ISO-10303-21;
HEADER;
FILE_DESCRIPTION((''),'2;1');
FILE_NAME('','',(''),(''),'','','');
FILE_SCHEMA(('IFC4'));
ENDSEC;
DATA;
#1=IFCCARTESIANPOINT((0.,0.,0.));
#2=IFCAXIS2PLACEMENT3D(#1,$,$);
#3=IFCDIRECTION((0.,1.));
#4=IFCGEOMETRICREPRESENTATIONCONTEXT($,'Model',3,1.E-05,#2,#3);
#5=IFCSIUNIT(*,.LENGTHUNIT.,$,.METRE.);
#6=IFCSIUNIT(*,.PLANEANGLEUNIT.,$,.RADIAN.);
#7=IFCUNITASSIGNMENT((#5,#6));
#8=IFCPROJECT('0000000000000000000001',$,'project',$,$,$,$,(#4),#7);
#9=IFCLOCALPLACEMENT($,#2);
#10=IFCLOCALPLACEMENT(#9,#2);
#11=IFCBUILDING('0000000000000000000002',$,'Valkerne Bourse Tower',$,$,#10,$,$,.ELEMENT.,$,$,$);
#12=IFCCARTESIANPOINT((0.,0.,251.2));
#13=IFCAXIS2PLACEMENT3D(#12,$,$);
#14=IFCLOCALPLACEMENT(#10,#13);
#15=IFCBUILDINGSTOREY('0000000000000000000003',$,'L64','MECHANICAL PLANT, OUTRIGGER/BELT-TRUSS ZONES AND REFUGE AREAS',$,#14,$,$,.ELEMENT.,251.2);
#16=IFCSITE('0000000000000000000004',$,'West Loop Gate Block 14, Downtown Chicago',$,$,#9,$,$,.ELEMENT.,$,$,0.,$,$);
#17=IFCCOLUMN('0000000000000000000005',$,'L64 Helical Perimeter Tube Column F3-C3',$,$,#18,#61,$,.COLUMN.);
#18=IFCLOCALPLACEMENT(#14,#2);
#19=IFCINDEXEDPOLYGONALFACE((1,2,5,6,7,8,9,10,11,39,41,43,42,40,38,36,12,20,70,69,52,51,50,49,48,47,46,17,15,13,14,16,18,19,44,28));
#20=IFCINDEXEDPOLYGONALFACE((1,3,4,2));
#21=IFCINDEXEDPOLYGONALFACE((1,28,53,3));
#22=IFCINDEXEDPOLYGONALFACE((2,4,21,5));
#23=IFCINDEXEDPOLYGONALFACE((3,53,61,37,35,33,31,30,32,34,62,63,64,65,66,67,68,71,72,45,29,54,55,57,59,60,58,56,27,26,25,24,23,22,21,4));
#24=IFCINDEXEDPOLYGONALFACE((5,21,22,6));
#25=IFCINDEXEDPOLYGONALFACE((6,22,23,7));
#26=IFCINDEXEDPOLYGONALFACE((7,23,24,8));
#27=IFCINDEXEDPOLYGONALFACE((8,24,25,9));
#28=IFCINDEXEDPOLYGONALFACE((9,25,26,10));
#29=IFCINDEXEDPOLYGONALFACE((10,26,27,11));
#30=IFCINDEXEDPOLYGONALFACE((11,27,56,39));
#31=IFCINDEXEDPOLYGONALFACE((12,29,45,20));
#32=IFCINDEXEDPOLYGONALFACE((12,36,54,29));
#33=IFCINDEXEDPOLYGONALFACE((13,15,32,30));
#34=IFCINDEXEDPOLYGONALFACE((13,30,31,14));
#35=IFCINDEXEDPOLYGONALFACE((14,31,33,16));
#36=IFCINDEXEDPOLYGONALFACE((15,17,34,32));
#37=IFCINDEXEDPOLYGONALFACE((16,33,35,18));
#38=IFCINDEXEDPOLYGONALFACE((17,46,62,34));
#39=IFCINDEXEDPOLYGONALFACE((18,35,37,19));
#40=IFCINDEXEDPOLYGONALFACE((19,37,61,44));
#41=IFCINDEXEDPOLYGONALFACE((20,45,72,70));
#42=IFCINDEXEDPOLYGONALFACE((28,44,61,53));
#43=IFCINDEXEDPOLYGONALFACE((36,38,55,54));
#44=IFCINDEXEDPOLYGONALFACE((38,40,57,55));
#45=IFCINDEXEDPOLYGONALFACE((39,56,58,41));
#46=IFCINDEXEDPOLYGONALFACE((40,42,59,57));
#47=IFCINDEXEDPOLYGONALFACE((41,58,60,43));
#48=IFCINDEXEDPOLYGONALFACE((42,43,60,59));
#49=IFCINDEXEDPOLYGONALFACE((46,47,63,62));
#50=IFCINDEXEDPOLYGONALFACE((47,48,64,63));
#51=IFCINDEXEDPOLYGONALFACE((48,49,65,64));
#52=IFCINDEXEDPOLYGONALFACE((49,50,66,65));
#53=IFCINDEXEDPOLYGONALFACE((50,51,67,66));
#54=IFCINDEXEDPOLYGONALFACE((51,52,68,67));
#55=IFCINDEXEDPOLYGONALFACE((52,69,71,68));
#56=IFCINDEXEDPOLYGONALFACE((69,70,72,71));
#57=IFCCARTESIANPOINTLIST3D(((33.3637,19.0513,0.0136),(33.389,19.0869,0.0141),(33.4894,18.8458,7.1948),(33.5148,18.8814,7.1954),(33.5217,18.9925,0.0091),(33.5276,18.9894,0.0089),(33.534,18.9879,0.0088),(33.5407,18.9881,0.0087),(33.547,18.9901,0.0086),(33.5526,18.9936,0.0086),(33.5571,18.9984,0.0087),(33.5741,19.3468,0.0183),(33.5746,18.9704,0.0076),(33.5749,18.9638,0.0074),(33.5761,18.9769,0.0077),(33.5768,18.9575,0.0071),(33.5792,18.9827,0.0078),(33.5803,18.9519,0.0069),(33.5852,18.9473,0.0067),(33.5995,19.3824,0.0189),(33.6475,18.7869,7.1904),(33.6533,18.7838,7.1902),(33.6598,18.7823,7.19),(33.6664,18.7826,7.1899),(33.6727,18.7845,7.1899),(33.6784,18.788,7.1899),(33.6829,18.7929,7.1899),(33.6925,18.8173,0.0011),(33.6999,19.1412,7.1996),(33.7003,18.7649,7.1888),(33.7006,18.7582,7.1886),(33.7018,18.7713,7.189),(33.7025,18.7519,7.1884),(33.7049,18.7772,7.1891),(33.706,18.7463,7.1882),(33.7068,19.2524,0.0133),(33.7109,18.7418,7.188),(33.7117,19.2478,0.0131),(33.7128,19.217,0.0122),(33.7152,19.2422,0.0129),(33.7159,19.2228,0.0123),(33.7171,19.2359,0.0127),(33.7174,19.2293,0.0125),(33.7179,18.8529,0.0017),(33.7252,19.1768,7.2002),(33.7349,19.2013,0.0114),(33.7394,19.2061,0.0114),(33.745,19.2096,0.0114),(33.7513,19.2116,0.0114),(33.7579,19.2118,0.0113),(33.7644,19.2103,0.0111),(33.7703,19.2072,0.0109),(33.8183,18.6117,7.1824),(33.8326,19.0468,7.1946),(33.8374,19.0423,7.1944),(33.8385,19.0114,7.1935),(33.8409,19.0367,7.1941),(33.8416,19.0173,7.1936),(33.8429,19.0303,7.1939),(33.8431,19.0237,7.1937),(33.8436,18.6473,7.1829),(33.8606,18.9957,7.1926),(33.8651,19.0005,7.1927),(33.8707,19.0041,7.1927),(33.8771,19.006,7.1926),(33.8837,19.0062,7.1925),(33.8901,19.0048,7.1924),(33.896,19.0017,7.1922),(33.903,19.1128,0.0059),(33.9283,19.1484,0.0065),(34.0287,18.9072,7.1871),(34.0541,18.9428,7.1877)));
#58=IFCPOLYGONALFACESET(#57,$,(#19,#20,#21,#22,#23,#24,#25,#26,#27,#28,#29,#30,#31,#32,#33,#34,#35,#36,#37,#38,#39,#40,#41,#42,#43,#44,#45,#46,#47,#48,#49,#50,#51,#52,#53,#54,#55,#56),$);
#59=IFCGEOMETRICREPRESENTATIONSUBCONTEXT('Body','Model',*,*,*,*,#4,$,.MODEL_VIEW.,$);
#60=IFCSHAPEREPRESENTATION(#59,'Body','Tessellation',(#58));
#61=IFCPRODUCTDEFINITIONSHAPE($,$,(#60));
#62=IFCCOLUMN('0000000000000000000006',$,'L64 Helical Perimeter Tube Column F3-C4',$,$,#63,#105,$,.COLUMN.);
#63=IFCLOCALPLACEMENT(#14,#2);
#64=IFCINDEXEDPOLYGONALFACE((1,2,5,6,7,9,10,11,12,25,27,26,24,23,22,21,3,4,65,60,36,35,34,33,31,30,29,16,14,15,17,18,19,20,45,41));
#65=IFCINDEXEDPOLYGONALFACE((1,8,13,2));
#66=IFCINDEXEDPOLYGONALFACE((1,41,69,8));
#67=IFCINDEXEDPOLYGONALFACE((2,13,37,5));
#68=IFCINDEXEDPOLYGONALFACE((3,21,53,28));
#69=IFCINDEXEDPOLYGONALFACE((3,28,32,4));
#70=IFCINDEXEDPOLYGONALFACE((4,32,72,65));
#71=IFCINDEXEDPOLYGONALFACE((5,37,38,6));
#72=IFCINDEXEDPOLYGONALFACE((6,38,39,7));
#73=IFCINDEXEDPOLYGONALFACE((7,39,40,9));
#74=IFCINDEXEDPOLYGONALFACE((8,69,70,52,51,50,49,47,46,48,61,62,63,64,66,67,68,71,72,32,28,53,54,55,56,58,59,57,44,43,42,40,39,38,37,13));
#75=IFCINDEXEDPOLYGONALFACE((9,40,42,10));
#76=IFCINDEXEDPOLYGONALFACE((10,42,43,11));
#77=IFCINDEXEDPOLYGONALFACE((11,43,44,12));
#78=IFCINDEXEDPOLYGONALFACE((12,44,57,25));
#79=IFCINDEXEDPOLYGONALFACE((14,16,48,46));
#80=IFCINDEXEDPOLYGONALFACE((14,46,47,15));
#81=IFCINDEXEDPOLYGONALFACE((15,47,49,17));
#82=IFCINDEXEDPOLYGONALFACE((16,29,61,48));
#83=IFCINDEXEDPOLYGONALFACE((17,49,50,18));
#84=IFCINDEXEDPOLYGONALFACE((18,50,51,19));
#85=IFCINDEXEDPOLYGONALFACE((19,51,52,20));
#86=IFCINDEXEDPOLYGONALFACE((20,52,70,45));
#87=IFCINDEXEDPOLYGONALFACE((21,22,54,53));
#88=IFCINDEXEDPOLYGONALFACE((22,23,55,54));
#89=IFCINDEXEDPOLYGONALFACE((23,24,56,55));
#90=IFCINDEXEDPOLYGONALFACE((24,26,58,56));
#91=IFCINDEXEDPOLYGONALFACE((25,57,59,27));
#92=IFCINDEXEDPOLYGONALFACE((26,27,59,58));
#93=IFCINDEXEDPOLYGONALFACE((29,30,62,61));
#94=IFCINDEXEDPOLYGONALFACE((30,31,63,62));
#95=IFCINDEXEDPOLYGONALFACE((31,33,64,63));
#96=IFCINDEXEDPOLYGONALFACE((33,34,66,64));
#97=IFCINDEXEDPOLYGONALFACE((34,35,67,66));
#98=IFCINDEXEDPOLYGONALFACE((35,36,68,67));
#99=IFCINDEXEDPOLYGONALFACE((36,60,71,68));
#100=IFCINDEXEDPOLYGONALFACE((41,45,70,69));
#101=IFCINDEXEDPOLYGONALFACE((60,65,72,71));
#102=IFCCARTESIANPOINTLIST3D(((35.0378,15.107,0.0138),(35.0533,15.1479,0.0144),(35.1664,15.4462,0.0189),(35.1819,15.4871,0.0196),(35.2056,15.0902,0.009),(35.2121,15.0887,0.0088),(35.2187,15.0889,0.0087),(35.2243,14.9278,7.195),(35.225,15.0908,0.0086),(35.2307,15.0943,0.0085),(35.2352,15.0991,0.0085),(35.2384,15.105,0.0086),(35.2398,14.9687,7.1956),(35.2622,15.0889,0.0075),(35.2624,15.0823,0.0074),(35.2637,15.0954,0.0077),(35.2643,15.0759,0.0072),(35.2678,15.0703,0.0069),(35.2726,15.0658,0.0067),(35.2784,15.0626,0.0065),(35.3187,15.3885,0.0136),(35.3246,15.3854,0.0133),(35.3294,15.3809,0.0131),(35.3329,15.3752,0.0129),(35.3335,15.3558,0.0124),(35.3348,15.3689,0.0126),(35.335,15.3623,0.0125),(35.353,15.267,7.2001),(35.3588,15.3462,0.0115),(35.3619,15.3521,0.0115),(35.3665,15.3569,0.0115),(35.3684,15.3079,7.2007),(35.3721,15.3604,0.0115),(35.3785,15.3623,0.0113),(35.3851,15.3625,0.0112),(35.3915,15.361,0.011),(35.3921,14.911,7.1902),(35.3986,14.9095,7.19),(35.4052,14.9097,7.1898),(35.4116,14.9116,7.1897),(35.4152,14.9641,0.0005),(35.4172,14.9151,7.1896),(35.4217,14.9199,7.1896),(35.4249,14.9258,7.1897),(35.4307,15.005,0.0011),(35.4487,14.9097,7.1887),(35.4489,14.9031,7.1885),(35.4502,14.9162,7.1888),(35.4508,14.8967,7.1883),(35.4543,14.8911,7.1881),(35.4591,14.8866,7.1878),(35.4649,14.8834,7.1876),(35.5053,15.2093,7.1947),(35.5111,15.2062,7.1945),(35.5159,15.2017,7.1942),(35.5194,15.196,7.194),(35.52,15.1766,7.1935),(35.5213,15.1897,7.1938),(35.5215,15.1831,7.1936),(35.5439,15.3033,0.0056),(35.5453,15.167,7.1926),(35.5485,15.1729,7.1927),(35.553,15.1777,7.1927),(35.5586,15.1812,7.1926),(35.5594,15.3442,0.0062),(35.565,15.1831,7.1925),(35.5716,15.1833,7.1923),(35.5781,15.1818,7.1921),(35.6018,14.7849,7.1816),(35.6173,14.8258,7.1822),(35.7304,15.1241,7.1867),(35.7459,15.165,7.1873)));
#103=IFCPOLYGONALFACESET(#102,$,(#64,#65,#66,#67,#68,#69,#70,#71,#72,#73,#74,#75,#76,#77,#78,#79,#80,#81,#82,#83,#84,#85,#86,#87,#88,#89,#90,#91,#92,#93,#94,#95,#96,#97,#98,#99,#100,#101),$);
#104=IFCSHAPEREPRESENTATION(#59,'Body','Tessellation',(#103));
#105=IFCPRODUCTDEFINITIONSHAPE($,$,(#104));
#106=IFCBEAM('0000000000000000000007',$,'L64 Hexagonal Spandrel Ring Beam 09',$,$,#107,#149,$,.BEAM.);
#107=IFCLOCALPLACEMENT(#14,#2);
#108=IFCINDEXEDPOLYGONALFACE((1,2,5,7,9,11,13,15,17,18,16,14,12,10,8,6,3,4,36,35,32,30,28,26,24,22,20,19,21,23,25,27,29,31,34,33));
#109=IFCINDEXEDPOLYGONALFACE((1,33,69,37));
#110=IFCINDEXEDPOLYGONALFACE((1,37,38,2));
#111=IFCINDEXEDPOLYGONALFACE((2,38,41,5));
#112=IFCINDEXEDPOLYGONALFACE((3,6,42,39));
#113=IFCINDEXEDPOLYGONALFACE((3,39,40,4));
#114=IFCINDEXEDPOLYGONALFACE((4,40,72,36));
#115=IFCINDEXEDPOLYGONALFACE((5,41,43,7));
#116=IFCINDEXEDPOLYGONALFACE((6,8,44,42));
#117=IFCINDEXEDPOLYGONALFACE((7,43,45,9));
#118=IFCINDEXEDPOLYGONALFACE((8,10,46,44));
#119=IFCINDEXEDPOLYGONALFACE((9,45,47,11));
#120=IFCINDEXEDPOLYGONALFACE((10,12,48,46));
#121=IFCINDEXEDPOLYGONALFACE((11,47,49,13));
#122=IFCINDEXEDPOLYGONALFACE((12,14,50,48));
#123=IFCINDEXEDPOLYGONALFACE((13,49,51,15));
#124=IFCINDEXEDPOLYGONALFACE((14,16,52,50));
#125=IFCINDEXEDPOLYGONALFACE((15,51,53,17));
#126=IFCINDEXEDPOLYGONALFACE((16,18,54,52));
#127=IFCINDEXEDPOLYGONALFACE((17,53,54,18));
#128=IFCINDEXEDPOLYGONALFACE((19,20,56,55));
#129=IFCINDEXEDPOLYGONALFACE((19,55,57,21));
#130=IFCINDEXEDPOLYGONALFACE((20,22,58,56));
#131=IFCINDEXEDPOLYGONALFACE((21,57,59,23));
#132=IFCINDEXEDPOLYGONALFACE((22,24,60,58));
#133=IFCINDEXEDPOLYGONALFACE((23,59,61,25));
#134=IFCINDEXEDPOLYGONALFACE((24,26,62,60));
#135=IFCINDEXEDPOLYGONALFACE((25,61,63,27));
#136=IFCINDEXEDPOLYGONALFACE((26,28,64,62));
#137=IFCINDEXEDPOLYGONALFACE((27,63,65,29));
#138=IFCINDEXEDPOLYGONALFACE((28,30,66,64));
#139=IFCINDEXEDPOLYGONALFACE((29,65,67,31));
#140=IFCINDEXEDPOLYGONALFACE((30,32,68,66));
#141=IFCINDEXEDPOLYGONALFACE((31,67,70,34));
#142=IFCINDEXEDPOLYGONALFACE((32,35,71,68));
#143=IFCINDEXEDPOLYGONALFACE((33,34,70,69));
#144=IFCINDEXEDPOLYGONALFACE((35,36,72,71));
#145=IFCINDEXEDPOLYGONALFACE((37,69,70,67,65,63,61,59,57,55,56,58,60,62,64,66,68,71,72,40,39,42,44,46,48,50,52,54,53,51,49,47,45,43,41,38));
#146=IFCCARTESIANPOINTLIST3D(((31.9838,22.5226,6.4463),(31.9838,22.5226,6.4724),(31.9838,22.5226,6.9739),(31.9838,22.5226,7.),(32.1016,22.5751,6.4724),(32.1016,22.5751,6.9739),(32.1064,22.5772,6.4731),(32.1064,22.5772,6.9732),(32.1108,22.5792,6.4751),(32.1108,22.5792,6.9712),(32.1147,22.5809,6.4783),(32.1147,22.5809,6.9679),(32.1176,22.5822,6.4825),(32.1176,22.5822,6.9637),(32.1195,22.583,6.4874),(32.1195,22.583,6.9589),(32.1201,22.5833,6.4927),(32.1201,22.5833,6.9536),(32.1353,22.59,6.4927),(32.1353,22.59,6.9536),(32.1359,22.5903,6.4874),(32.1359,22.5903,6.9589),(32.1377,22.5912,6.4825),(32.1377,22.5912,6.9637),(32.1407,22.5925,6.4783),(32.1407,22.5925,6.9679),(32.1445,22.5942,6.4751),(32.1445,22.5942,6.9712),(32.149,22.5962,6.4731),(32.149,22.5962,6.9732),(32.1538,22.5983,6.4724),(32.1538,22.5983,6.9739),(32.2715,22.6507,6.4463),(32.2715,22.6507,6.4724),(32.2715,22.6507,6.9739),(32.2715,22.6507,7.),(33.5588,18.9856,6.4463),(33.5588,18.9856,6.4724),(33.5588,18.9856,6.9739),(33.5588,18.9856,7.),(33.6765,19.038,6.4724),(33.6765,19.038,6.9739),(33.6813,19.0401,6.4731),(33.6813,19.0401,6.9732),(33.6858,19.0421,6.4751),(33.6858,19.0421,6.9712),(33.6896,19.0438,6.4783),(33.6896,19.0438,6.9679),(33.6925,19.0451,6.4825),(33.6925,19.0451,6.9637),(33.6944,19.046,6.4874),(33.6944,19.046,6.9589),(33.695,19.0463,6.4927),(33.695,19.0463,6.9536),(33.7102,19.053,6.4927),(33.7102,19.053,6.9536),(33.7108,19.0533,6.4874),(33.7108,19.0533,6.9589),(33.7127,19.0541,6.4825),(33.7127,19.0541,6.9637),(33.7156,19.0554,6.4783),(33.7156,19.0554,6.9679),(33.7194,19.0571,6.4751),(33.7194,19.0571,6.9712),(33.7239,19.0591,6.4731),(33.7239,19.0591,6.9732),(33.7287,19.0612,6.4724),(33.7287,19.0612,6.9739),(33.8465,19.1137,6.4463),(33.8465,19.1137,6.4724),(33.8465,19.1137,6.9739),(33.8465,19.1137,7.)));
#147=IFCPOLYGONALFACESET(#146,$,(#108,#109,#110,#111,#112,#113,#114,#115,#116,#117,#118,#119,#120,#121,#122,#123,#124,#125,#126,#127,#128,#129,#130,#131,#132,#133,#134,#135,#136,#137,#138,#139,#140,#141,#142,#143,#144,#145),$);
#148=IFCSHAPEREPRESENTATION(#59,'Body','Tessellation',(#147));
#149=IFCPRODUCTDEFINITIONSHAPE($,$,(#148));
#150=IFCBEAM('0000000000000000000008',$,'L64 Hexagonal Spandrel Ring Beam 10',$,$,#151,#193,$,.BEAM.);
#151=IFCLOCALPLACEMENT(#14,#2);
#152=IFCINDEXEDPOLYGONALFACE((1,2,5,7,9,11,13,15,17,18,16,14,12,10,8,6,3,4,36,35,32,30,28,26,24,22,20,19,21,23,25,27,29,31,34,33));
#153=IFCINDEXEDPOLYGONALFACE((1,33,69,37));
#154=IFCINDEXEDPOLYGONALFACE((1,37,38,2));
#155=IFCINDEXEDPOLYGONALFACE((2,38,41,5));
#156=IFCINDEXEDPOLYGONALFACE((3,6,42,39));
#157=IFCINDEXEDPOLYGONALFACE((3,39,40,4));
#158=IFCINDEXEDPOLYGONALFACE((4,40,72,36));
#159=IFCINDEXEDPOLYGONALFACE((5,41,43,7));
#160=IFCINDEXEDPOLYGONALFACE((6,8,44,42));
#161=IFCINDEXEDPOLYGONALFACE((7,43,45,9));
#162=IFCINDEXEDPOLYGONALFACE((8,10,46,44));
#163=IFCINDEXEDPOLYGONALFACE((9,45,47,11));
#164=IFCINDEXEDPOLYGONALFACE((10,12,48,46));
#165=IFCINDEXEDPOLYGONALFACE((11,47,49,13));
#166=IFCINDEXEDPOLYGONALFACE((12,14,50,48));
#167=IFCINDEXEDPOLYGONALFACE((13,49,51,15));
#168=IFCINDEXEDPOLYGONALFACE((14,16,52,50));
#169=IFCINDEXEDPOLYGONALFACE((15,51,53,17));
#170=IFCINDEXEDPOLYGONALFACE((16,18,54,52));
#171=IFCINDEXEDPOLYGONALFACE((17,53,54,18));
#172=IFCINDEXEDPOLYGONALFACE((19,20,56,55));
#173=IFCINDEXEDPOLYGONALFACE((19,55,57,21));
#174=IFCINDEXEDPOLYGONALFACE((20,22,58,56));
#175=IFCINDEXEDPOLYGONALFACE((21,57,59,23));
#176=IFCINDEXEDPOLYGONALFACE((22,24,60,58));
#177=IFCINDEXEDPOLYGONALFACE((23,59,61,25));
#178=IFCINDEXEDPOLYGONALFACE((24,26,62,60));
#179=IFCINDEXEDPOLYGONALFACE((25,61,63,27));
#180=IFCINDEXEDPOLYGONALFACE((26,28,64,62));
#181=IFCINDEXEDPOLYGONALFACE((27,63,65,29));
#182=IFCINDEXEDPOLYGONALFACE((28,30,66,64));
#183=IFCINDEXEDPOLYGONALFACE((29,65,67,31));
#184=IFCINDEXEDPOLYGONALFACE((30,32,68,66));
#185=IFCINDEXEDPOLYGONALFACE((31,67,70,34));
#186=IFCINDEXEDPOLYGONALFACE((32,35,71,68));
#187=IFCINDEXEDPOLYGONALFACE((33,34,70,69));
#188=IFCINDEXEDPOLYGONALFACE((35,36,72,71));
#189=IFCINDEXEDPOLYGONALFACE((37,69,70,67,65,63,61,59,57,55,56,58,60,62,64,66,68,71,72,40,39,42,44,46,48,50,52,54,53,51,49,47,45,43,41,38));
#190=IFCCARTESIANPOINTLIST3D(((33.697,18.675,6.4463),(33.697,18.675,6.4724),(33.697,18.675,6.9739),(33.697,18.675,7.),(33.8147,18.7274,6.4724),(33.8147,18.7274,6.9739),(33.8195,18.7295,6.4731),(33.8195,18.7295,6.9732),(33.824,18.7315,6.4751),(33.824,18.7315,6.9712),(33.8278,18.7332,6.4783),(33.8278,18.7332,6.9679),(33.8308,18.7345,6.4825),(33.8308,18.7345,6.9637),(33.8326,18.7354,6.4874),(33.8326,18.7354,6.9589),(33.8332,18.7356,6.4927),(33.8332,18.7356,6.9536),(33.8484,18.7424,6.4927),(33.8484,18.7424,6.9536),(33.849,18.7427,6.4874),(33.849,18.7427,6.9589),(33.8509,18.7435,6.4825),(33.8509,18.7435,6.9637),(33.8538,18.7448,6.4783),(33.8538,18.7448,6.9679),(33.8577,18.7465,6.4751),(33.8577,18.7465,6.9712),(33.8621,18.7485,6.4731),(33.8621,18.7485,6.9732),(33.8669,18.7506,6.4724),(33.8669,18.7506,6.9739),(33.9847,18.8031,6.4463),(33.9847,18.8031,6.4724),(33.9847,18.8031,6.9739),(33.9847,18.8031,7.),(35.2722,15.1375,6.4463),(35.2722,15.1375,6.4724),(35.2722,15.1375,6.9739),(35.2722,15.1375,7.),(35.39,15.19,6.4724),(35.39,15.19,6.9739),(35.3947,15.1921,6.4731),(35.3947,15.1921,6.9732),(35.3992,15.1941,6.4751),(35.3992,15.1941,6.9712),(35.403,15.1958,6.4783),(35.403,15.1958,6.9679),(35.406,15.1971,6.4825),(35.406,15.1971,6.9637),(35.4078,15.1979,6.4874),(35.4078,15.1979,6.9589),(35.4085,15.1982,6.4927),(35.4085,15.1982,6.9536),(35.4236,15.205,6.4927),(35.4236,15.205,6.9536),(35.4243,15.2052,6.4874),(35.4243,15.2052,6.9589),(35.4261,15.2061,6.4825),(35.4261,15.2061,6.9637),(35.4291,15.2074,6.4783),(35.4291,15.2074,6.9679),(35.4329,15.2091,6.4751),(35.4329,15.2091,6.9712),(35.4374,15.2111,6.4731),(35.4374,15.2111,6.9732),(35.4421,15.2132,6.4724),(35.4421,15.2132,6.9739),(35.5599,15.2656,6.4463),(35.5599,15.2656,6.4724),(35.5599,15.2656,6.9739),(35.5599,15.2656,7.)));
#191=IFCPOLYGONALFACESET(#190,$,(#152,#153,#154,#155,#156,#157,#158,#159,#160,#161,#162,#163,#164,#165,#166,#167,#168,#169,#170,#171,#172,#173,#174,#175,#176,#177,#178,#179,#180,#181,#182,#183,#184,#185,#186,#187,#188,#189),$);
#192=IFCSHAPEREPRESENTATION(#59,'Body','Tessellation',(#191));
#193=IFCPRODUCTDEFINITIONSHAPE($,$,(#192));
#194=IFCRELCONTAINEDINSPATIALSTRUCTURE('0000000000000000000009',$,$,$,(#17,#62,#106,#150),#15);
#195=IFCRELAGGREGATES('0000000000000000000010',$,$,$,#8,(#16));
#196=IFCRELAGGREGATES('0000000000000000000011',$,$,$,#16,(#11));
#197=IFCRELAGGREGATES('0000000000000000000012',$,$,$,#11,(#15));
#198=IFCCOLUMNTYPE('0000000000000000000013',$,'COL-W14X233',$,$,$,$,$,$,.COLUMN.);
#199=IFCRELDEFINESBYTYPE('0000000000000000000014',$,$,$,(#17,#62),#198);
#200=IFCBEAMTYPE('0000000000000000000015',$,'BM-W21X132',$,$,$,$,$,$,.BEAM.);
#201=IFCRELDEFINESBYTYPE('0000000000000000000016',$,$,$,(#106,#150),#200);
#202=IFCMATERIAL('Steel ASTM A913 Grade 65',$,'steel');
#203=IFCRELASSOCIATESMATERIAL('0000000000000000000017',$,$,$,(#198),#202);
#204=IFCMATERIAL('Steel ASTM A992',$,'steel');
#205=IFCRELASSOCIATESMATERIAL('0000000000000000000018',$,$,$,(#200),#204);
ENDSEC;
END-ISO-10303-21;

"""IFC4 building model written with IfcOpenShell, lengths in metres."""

from ifc_helpers import new_model, si_unit, direction, frame, origin, origin_2d, place, context, subcontext, project, spatial, i_section, extrude, material, material_profile, profile_set, type_object, element, save


model = new_model("IFC4")

# Units and contexts
model_context = context("Model", 3, precision=1e-05, world=origin(), true_north=direction((0.0, 1.0)))
body_context = subcontext(model_context, "Body", "Model", "MODEL_VIEW")
ifc_project = project(units=[si_unit("LENGTHUNIT", "METRE"), si_unit("PLANEANGLEUNIT", "RADIAN")], contexts=[model_context])

# Site, building, storey
site_placement = place(None, origin())
site = spatial("IfcSite", under=ifc_project, at=site_placement, Name="West Loop Gate Block 14, Downtown Chicago", CompositionType="ELEMENT", RefElevation=0.0)
building_placement = place(site_placement, origin())
building = spatial("IfcBuilding", under=site, at=building_placement, Name="Valkerne Bourse Tower", CompositionType="ELEMENT")
storey_placement = place(building_placement, frame((0.0, 0.0, 251.2)))
storey = spatial("IfcBuildingStorey", under=building, at=storey_placement, Name="L64", Description="MECHANICAL PLANT, OUTRIGGER/BELT-TRUSS ZONES AND REFUGE AREAS", CompositionType="ELEMENT", Elevation=251.2)

# Columns
ifc_material_1 = material(Name="Steel ASTM A913 Grade 65", Category="steel")
ifc_material_profile_1 = material_profile(ifc_material_1, i_section(OverallWidth=0.4038, OverallDepth=0.4065, WebThickness=0.0271, FlangeThickness=0.0437, FilletRadius=0.0254, at=origin_2d()), Name="W14X233")
ifc_profile_set_1 = profile_set([ifc_material_profile_1], Name="Steel ASTM A913 Grade 65")
column_type = type_object("IfcColumnType", Name="COL-W14X233", PredefinedType="COLUMN", material=ifc_profile_set_1)
column_1_placement = place(storey_placement, frame((33.646, 19.0999, 0.01), z_axis=(0.017499, -0.02861, 0.999437), x_axis=(0.814368, -0.579528, -0.030848)))
element("IfcColumn", 1, at=column_1_placement, inside=storey, type_object=column_type, Name="L64 Helical Perimeter Tube Column F3-C3", PredefinedType="COLUMN", context=body_context, shape_type="SweptSolid", body=[
    extrude(i_section(OverallWidth=0.4038, OverallDepth=0.4065, WebThickness=0.0271, FlangeThickness=0.0437, FilletRadius=0.0254, at=origin_2d()), origin(), (0.0, 0.0, 1.0), 7.1853),
])
column_2_placement = place(storey_placement, frame((35.2986, 15.2256, 0.01), z_axis=(0.025957, -0.024938, 0.999352), x_axis=(0.934689, -0.353922, -0.033109)))
element("IfcColumn", 2, at=column_2_placement, inside=storey, type_object=column_type, Name="L64 Helical Perimeter Tube Column F3-C4", PredefinedType="COLUMN", context=body_context, shape_type="SweptSolid", body=[
    extrude(i_section(OverallWidth=0.4038, OverallDepth=0.4065, WebThickness=0.0271, FlangeThickness=0.0437, FilletRadius=0.0254, at=origin_2d()), origin(), (0.0, 0.0, 1.0), 7.1858),
])

# Beams
ifc_material_2 = material(Name="Steel ASTM A992", Category="steel")
ifc_material_profile_2 = material_profile(ifc_material_2, i_section(OverallWidth=0.3149, OverallDepth=0.5537, WebThickness=0.0166, FlangeThickness=0.0261, FilletRadius=0.0203, at=origin_2d()), Name="W21X132")
ifc_profile_set_2 = profile_set([ifc_material_profile_2], Name="Steel ASTM A992")
beam_type_1 = type_object("IfcBeamType", Name="BM-W21X132", PredefinedType="BEAM", material=ifc_profile_set_2)
beam_1_placement = place(storey_placement, frame((32.1277, 22.5867, 6.7231), z_axis=(0.406764, -0.913533, 0.0), x_axis=(0.913533, 0.406764, 0.0)))
element("IfcBeam", 3, at=beam_1_placement, inside=storey, type_object=beam_type_1, Name="L64 Hexagonal Spandrel Ring Beam 09", PredefinedType="BEAM", context=body_context, shape_type="SweptSolid", body=[
    extrude(i_section(OverallWidth=0.3149, OverallDepth=0.5537, WebThickness=0.0166, FlangeThickness=0.0261, FilletRadius=0.0203, at=origin_2d()), origin(), (0.0, 0.0, 1.0), 3.8718),
])
beam_2_placement = place(storey_placement, frame((33.8408, 18.739, 6.7231), z_axis=(0.406794, -0.91352, 0.0), x_axis=(0.91352, 0.406794, 0.0)))
element("IfcBeam", 4, at=beam_2_placement, inside=storey, type_object=beam_type_1, Name="L64 Hexagonal Spandrel Ring Beam 10", PredefinedType="BEAM", context=body_context, shape_type="SweptSolid", body=[
    extrude(i_section(OverallWidth=0.3149, OverallDepth=0.5537, WebThickness=0.0166, FlangeThickness=0.0261, FilletRadius=0.0203, at=origin_2d()), origin(), (0.0, 0.0, 1.0), 3.8723),
])

save(model, "model.ifc")
